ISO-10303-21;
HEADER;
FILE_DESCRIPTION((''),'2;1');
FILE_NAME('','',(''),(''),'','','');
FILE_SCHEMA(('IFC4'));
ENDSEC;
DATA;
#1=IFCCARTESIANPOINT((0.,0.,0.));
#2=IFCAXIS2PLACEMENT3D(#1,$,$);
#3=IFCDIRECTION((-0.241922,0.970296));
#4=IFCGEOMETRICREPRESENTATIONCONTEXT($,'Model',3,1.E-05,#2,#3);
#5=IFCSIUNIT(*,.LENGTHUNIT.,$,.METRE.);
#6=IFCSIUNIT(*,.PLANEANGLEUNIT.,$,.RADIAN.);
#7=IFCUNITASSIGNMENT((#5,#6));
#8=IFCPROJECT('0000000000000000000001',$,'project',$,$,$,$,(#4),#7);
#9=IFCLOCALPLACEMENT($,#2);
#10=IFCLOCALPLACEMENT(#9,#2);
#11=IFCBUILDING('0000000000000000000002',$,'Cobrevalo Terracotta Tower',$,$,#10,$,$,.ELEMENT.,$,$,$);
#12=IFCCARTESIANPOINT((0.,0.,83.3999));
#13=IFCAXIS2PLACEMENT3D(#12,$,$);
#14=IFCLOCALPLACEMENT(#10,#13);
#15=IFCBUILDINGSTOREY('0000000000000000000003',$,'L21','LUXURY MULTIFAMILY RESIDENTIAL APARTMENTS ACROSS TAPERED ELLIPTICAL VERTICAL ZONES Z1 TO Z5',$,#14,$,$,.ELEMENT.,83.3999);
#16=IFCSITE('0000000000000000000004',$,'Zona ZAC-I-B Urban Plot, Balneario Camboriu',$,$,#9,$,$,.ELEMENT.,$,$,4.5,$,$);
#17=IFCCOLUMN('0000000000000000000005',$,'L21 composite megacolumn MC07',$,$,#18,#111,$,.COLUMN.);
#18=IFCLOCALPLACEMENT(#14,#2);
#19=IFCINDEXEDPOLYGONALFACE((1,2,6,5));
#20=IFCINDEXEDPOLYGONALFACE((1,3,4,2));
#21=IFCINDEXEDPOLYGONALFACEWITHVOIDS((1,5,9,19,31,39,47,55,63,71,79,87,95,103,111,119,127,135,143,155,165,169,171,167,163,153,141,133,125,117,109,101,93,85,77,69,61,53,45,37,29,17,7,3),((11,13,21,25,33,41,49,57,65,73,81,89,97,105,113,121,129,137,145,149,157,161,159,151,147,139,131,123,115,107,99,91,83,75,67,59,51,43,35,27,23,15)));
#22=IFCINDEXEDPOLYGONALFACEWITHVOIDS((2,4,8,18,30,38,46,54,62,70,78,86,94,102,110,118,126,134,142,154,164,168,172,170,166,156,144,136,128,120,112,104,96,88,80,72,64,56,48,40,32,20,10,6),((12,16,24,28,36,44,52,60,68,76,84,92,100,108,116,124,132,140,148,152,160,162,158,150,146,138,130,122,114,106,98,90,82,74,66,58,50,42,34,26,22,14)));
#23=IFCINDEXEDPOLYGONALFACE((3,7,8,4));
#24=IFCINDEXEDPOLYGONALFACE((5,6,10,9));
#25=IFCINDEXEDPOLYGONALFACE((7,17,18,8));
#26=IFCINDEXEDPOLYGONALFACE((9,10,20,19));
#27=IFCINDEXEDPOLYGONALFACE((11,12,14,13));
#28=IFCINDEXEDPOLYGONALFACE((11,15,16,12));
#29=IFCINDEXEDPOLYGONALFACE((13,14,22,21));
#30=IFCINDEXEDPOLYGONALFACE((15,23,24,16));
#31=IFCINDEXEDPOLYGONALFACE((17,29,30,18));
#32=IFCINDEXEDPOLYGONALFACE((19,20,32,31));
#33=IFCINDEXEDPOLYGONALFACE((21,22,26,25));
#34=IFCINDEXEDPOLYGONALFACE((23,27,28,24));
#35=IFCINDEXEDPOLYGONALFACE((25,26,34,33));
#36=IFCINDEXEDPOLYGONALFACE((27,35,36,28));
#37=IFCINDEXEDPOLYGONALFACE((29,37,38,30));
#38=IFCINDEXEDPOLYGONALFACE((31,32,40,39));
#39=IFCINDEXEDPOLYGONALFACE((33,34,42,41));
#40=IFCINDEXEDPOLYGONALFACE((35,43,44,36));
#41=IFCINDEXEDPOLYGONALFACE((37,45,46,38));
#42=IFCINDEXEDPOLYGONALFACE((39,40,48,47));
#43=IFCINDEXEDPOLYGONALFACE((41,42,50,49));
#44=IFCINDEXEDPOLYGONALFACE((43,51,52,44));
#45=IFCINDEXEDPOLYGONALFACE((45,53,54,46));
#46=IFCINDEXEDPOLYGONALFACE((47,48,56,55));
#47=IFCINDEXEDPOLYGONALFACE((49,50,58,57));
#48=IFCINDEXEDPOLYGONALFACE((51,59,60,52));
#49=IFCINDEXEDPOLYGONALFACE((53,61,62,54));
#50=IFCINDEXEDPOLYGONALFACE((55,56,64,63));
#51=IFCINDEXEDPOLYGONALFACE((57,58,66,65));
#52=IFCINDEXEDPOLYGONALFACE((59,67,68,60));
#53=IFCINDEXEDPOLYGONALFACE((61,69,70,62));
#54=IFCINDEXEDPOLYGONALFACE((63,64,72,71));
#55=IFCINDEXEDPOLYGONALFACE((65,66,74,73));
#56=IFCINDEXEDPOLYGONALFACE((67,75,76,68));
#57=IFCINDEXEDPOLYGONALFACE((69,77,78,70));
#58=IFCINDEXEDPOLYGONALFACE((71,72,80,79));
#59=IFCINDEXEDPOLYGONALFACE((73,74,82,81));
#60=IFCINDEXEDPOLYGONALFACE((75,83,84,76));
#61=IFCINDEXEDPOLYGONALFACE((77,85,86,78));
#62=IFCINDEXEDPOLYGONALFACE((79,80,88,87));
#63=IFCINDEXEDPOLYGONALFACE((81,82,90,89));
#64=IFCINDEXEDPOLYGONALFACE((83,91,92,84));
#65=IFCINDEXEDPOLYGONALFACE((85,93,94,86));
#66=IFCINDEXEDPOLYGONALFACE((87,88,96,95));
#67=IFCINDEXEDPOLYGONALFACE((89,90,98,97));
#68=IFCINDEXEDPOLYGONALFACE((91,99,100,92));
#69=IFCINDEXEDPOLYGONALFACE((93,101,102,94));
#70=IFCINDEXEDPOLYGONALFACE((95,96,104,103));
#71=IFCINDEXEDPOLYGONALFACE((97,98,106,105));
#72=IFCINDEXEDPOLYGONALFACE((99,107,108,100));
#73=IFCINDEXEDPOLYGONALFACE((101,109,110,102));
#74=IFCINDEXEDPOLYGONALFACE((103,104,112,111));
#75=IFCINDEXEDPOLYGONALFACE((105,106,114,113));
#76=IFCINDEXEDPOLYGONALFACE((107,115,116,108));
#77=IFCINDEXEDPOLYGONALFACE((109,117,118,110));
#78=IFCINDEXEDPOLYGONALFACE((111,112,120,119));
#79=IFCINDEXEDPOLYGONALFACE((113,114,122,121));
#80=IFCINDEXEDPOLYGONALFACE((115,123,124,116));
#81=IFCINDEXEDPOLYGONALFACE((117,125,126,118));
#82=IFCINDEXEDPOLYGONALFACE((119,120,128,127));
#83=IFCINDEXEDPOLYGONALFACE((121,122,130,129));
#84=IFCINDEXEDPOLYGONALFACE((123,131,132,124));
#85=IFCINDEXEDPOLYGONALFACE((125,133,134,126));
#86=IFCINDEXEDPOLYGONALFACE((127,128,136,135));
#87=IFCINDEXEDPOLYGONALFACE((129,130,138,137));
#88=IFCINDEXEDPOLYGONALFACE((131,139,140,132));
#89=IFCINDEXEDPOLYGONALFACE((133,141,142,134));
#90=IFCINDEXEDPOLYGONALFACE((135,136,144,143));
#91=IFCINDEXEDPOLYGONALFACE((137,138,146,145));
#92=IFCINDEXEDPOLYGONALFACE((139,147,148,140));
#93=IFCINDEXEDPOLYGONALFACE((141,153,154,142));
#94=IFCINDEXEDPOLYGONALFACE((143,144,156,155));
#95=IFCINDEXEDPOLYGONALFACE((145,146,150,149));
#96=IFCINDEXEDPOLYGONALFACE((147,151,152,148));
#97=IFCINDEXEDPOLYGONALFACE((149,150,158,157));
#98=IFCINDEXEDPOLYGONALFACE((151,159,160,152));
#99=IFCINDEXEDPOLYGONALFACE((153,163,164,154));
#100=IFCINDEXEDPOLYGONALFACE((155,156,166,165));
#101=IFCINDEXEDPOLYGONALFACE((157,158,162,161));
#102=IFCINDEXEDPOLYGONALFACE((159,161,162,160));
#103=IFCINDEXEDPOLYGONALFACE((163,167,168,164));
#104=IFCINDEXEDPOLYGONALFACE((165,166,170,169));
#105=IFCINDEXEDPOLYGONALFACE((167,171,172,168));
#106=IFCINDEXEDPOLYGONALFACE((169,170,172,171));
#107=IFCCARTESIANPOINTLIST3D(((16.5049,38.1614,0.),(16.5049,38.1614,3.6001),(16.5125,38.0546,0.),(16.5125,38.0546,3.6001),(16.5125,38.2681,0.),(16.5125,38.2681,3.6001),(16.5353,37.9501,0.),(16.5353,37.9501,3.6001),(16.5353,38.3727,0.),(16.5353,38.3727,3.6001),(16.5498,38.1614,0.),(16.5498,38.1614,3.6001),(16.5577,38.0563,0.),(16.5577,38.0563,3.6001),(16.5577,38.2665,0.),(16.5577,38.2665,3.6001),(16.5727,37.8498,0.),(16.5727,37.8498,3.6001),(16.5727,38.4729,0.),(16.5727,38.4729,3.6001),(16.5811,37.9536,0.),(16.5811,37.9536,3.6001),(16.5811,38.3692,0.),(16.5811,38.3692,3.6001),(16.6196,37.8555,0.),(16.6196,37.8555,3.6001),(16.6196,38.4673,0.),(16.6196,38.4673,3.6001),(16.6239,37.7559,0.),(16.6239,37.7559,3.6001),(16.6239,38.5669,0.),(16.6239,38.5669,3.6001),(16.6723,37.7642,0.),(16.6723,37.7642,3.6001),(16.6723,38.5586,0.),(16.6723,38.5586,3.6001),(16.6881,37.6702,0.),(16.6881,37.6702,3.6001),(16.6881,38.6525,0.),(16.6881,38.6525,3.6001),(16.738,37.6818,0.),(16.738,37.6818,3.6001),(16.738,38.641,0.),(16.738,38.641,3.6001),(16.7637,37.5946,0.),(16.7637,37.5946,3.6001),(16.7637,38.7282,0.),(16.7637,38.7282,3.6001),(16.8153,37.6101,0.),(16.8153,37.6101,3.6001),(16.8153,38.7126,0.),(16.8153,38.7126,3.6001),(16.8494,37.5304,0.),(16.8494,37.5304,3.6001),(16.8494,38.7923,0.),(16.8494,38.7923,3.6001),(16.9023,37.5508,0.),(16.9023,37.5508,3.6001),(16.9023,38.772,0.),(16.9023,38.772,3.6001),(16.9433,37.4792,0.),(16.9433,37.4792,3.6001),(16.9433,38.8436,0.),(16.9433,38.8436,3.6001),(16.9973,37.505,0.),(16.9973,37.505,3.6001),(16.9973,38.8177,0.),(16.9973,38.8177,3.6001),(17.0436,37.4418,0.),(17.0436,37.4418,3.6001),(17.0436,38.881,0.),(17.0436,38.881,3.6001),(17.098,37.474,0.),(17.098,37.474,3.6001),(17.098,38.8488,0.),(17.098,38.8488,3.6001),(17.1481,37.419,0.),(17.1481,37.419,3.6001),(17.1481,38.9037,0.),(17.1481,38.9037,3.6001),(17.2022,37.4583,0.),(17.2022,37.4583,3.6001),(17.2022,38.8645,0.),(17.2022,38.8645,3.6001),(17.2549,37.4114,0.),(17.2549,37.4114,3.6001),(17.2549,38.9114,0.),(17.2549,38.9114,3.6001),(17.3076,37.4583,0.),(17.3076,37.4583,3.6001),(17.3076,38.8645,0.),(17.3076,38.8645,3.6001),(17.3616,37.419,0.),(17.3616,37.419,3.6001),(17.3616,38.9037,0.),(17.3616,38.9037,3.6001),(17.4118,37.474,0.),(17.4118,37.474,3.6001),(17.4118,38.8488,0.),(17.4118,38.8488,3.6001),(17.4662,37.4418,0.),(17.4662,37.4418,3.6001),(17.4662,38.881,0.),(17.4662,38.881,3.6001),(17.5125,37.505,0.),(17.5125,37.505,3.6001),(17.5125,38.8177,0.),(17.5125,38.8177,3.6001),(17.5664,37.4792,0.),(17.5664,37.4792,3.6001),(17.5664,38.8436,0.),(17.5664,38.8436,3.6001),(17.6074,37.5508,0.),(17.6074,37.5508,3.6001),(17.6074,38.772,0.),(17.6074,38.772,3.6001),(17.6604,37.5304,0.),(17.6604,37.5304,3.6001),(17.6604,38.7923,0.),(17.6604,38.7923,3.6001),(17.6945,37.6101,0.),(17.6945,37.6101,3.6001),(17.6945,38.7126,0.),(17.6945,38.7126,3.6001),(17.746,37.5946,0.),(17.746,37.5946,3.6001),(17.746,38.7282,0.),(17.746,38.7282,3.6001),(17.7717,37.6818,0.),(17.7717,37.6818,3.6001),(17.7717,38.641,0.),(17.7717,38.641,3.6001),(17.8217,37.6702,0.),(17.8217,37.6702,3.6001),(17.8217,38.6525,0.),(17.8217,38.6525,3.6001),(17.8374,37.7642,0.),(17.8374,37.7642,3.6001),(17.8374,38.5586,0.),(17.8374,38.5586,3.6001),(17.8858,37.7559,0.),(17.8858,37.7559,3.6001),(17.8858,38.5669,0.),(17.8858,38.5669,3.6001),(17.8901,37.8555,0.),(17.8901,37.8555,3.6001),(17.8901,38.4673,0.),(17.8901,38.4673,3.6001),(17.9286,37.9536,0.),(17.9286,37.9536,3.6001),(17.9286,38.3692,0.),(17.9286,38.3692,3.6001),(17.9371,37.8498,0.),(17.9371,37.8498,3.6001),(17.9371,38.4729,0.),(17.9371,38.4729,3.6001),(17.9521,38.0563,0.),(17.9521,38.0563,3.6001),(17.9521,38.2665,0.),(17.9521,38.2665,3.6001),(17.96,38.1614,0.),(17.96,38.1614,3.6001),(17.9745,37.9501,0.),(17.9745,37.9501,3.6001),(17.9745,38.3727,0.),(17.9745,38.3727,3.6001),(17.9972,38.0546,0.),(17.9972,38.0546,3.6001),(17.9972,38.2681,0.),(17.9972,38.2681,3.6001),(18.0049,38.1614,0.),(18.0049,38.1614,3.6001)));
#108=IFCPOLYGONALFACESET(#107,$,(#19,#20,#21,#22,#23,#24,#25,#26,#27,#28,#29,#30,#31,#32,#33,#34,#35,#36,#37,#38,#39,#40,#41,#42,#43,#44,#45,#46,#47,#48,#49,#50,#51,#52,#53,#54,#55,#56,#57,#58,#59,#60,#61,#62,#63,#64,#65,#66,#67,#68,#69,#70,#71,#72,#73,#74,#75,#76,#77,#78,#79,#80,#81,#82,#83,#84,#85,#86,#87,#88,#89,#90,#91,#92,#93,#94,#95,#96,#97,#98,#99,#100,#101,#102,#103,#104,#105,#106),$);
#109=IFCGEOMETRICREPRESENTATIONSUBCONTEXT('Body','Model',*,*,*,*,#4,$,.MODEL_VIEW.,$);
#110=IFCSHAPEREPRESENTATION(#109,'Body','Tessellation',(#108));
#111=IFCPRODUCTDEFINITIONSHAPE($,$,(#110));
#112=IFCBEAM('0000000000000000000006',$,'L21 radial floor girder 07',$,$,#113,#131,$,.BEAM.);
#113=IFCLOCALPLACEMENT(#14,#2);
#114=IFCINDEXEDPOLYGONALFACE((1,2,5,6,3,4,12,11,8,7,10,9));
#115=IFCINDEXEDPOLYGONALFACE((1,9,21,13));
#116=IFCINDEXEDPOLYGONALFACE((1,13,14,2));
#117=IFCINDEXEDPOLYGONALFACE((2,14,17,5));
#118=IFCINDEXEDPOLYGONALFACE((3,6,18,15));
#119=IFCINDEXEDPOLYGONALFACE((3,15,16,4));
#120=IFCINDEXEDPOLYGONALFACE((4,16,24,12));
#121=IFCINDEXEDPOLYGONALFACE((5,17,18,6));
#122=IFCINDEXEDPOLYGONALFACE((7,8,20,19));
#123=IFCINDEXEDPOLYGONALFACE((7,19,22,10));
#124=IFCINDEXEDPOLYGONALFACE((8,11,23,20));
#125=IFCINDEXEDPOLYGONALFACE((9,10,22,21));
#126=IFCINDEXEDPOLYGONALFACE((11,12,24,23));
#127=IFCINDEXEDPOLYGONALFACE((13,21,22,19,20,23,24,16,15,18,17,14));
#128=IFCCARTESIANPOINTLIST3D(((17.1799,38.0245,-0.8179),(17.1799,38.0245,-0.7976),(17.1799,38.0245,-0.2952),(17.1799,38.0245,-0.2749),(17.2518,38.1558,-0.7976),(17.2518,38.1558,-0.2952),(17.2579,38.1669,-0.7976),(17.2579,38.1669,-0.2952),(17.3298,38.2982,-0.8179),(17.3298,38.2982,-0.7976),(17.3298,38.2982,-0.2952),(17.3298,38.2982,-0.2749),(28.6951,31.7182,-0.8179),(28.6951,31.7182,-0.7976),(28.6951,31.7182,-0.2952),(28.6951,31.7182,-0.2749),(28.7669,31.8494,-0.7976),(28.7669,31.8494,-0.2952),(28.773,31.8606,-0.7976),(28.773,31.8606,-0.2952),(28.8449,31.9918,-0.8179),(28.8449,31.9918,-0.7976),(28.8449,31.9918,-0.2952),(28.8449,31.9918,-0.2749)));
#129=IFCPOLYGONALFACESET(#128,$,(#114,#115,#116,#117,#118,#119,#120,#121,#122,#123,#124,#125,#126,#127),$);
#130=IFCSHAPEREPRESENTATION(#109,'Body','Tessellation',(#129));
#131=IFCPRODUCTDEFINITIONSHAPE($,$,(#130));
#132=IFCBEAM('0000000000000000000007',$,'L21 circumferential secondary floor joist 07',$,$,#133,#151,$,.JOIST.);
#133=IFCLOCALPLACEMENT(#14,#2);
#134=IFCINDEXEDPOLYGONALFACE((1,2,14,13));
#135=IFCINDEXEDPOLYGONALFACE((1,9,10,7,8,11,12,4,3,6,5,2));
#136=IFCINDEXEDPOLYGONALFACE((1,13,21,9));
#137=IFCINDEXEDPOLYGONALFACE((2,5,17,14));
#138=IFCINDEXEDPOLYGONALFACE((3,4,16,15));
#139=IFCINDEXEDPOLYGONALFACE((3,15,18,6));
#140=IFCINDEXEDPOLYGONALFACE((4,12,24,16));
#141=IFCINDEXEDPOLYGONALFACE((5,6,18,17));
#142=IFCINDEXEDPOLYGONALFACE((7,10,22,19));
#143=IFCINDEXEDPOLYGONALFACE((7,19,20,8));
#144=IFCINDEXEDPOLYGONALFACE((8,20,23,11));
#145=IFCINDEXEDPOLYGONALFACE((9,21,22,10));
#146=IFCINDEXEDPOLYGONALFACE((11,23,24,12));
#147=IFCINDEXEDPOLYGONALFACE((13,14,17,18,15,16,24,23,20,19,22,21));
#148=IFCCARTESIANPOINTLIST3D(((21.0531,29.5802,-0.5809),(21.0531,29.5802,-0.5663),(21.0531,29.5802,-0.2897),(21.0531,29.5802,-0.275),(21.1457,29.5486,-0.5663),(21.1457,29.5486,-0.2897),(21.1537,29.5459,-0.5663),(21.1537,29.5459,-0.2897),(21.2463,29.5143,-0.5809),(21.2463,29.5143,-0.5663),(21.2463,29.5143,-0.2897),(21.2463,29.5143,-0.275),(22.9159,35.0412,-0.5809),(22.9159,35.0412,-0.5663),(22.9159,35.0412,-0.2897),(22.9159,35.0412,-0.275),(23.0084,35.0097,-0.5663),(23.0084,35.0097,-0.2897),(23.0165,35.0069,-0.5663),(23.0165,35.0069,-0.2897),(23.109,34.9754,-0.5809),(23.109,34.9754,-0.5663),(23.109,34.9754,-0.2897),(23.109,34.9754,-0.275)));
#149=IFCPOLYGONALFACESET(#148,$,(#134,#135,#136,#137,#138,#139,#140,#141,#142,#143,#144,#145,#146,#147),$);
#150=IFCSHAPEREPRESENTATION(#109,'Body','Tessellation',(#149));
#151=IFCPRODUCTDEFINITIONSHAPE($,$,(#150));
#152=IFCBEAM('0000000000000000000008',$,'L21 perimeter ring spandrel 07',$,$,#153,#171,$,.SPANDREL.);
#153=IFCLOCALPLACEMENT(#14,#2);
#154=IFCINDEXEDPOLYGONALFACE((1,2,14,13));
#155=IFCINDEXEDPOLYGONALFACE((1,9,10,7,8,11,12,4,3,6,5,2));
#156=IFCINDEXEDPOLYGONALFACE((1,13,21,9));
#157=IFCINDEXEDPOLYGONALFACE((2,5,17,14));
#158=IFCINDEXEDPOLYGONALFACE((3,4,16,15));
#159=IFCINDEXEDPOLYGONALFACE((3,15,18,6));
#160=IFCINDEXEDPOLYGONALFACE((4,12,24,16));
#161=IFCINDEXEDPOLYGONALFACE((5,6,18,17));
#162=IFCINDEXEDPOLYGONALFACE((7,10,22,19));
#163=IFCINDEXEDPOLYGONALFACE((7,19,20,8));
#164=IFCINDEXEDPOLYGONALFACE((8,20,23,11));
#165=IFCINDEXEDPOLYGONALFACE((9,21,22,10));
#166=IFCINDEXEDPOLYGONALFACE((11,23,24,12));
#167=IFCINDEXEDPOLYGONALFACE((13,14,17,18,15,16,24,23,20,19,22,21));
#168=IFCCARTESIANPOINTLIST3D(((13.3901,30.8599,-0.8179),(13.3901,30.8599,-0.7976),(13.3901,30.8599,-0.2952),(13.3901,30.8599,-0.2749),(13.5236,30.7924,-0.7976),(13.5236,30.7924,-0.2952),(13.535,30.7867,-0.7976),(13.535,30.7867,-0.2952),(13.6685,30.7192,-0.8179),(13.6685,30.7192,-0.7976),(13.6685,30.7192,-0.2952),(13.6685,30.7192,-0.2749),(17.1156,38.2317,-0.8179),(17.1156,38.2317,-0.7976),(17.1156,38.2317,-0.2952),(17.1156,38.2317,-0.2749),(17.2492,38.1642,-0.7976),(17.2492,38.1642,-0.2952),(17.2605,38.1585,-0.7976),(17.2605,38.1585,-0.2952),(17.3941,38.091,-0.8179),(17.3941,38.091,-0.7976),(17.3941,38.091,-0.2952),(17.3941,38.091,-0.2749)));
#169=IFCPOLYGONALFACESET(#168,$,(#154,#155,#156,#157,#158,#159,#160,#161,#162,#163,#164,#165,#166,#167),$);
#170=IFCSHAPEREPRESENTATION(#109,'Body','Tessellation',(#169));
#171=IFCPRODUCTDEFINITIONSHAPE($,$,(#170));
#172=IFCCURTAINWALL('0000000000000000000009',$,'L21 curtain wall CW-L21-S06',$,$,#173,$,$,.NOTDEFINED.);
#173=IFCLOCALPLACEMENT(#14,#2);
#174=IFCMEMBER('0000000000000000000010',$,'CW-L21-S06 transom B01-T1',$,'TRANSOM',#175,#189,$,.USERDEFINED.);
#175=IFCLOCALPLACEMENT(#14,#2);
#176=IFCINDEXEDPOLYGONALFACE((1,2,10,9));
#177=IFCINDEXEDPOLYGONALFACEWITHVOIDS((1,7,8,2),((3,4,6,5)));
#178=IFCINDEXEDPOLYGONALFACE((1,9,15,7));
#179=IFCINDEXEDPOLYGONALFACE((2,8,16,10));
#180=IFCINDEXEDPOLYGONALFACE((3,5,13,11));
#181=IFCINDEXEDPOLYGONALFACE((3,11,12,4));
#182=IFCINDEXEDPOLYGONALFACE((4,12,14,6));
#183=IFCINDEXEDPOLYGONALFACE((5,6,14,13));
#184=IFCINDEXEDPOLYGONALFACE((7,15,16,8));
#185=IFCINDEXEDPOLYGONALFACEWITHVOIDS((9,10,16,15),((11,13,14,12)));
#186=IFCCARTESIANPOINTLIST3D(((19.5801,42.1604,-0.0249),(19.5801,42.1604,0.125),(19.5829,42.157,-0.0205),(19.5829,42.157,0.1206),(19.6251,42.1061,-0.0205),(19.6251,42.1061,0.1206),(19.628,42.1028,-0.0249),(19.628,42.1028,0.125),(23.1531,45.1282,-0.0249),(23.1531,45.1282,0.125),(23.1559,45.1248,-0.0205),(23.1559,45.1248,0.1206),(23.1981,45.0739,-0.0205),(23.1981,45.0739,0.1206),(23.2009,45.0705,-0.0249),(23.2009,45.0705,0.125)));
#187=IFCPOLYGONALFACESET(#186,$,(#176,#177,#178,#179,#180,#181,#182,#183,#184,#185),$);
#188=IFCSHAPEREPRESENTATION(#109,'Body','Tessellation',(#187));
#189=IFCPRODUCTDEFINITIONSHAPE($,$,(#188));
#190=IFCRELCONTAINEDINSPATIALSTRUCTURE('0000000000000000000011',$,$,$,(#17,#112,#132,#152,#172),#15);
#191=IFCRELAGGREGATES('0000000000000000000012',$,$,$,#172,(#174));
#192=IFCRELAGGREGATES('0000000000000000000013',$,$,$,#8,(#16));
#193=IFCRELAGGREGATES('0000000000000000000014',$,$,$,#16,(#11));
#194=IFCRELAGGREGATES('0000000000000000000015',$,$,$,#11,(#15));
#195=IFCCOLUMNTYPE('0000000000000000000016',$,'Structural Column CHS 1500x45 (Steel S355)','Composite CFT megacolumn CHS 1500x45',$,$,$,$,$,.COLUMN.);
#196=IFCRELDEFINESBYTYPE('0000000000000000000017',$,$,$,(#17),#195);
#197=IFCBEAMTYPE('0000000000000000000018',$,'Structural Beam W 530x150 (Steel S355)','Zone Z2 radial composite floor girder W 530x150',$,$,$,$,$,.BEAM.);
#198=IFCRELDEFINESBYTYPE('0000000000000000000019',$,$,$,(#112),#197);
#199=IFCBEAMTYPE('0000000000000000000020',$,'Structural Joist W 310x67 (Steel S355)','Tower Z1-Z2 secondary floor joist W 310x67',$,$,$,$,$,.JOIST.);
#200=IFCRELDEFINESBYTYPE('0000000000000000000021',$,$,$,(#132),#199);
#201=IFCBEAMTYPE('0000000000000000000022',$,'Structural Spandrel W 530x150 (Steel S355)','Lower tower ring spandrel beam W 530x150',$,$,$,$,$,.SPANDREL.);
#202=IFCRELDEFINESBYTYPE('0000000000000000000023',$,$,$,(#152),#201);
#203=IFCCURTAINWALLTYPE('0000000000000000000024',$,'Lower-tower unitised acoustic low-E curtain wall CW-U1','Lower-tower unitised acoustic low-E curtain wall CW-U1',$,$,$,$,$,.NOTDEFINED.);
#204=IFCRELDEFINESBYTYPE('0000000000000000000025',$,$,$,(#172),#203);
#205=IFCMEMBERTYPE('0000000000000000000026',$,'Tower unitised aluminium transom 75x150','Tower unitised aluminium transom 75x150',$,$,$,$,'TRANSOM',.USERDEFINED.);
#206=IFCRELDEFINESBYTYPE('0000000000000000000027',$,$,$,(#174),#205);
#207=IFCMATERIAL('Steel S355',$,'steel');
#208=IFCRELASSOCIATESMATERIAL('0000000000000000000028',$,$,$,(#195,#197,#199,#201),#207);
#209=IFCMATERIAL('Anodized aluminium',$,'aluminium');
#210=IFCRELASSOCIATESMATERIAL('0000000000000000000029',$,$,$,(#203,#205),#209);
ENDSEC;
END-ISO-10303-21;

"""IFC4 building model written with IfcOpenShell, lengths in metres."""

from ifc_helpers import new_model, si_unit, direction, frame, origin, origin_2d, place, context, subcontext, project, spatial, hollow_rectangle, hollow_circle, i_section, extrude, source, transform, mapped, material, material_profile, profile_set, type_object, element, aggregate, save


model = new_model("IFC4")

# Units and contexts
model_context = context("Model", 3, precision=1e-05, world=origin(), true_north=direction((-0.241922, 0.970296)))
body_context = subcontext(model_context, "Body", "Model", "MODEL_VIEW")
ifc_project = project(units=[si_unit("LENGTHUNIT", "METRE"), si_unit("PLANEANGLEUNIT", "RADIAN")], contexts=[model_context])

# Site, building, storey
site_placement = place(None, origin())
site = spatial("IfcSite", under=ifc_project, at=site_placement, Name="Zona ZAC-I-B Urban Plot, Balneario Camboriu", CompositionType="ELEMENT", RefElevation=4.5)
building_placement = place(site_placement, origin())
building = spatial("IfcBuilding", under=site, at=building_placement, Name="Cobrevalo Terracotta Tower", CompositionType="ELEMENT")
storey_placement = place(building_placement, frame((0.0, 0.0, 83.3999)))
storey = spatial("IfcBuildingStorey", under=building, at=storey_placement, Name="L21", Description="LUXURY MULTIFAMILY RESIDENTIAL APARTMENTS ACROSS TAPERED ELLIPTICAL VERTICAL ZONES Z1 TO Z5", CompositionType="ELEMENT", Elevation=83.3999)

# Column
ifc_material_1 = material(Name="Steel S355", Category="steel")
ifc_material_profile_1 = material_profile(ifc_material_1, hollow_circle(Radius=0.75, WallThickness=0.0449, at=origin_2d()), Name="CHS 1500x45")
ifc_profile_set_1 = profile_set([ifc_material_profile_1], Name="Steel S355")
column_type = type_object("IfcColumnType", Name="Structural Column CHS 1500x45 (Steel S355)", Description="Composite CFT megacolumn CHS 1500x45", PredefinedType="COLUMN", material=ifc_profile_set_1)
column_placement = place(storey_placement, frame((17.2549, 38.1614, 0.0), z_axis=(0.0, 0.0, 1.0), x_axis=(1.0, 0.0, 0.0)))
element("IfcColumn", 1, at=column_placement, inside=storey, type_object=column_type, Name="L21 composite megacolumn MC07", PredefinedType="COLUMN", context=body_context, shape_type="SweptSolid", body=[
    extrude(hollow_circle(Radius=0.75, WallThickness=0.0449, at=origin_2d()), origin(), (0.0, 0.0, 1.0), 3.6001),
])

# Beams
ifc_material_profile_2 = material_profile(ifc_material_1, i_section(OverallWidth=0.312, OverallDepth=0.543, WebThickness=0.0127, FlangeThickness=0.0203, at=origin_2d()), Name="W 530x150")
ifc_profile_set_2 = profile_set([ifc_material_profile_2], Name="Steel S355")
beam_type_1 = type_object("IfcBeamType", Name="Structural Beam W 530x150 (Steel S355)", Description="Zone Z2 radial composite floor girder W 530x150", PredefinedType="BEAM", material=ifc_profile_set_2)
beam_1_placement = place(storey_placement, frame((17.2549, 38.1614, -0.5464), z_axis=(0.877081, -0.480343, 0.0), x_axis=(0.480343, 0.877081, 0.0)))
element("IfcBeam", 2, at=beam_1_placement, inside=storey, type_object=beam_type_1, Name="L21 radial floor girder 07", PredefinedType="BEAM", context=body_context, shape_type="SweptSolid", body=[
    extrude(i_section(OverallWidth=0.312, OverallDepth=0.543, WebThickness=0.0127, FlangeThickness=0.0203, at=origin_2d()), origin(), (0.0, 0.0, 1.0), 13.1289),
])
ifc_material_profile_3 = material_profile(ifc_material_1, i_section(OverallWidth=0.2041, OverallDepth=0.3059, WebThickness=0.0085, FlangeThickness=0.0146, at=origin_2d()), Name="W 310x67")
ifc_profile_set_3 = profile_set([ifc_material_profile_3], Name="Steel S355")
beam_type_2 = type_object("IfcBeamType", Name="Structural Joist W 310x67 (Steel S355)", Description="Tower Z1-Z2 secondary floor joist W 310x67", PredefinedType="JOIST", material=ifc_profile_set_3)
beam_2_placement = place(storey_placement, frame((23.0125, 35.0083, -0.428), z_axis=(-0.322833, -0.946456, 0.0), x_axis=(0.946456, -0.322833, 0.0)))
element("IfcBeam", 3, at=beam_2_placement, inside=storey, type_object=beam_type_2, Name="L21 circumferential secondary floor joist 07", PredefinedType="JOIST", context=body_context, shape_type="SweptSolid", body=[
    extrude(i_section(OverallWidth=0.2041, OverallDepth=0.3059, WebThickness=0.0085, FlangeThickness=0.0146, at=origin_2d()), origin(), (0.0, 0.0, 1.0), 5.77),
])
ifc_material_profile_4 = material_profile(ifc_material_1, i_section(OverallWidth=0.312, OverallDepth=0.543, WebThickness=0.0127, FlangeThickness=0.0203, at=origin_2d()), Name="W 530x150")
ifc_profile_set_4 = profile_set([ifc_material_profile_4], Name="Steel S355")
beam_type_3 = type_object("IfcBeamType", Name="Structural Spandrel W 530x150 (Steel S355)", Description="Lower tower ring spandrel beam W 530x150", PredefinedType="SPANDREL", material=ifc_profile_set_4)
beam_3_placement = place(storey_placement, frame((17.2549, 38.1614, -0.5464), z_axis=(-0.451052, -0.892498, 0.0), x_axis=(0.892498, -0.451052, 0.0)))
element("IfcBeam", 4, at=beam_3_placement, inside=storey, type_object=beam_type_3, Name="L21 perimeter ring spandrel 07", PredefinedType="SPANDREL", context=body_context, shape_type="SweptSolid", body=[
    extrude(i_section(OverallWidth=0.312, OverallDepth=0.543, WebThickness=0.0127, FlangeThickness=0.0203, at=origin_2d()), origin(), (0.0, 0.0, 1.0), 8.2598),
])

# Curtain wall, member
ifc_material_2 = material(Name="Anodized aluminium", Category="aluminium")
curtain_wall_type = type_object("IfcCurtainWallType", Name="Lower-tower unitised acoustic low-E curtain wall CW-U1", Description="Lower-tower unitised acoustic low-E curtain wall CW-U1", PredefinedType="NOTDEFINED", material=ifc_material_2)
curtain_wall_1_placement = place(storey_placement, origin())
curtain_wall_1 = element("IfcCurtainWall", 5, at=curtain_wall_1_placement, inside=storey, type_object=curtain_wall_type, Name="L21 curtain wall CW-L21-S06", PredefinedType="NOTDEFINED")
ifc_material_profile_5 = material_profile(ifc_material_2, hollow_rectangle(XDim=0.075, YDim=0.1499, WallThickness=0.0044, at=origin_2d()), Name="CWT 75x150")
ifc_profile_set_5 = profile_set([ifc_material_profile_5], Name="Anodized aluminium")
member_type_1 = type_object("IfcMemberType", Name="Tower unitised aluminium transom 75x150", Description="Tower unitised aluminium transom 75x150", ElementType="TRANSOM", PredefinedType="USERDEFINED", material=ifc_profile_set_5)
shared_shape_1 = source(origin(), body_context, "Body", "SweptSolid", [
    extrude(hollow_rectangle(XDim=0.075, YDim=0.1499, WallThickness=0.0044, at=origin_2d()), origin(), (0.0, 0.0, 1.0), 4.6448),
])
member_1_placement = place(storey_placement, frame((23.177, 45.0994, 0.05), z_axis=(-0.76925, -0.638948, 0.0), x_axis=(0.638948, -0.76925, 0.0)))
member_1 = element("IfcMember", 6, at=member_1_placement, type_object=member_type_1, Name="CW-L21-S06 transom B01-T1", ObjectType="TRANSOM", PredefinedType="USERDEFINED", context=body_context, shape_type="MappedRepresentation", body=[
    mapped(shared_shape_1, transform((0.0, 0.0, 0.0), scale=1.0)),
])

aggregate(curtain_wall_1, [member_1])

save(model, "model.ifc")
